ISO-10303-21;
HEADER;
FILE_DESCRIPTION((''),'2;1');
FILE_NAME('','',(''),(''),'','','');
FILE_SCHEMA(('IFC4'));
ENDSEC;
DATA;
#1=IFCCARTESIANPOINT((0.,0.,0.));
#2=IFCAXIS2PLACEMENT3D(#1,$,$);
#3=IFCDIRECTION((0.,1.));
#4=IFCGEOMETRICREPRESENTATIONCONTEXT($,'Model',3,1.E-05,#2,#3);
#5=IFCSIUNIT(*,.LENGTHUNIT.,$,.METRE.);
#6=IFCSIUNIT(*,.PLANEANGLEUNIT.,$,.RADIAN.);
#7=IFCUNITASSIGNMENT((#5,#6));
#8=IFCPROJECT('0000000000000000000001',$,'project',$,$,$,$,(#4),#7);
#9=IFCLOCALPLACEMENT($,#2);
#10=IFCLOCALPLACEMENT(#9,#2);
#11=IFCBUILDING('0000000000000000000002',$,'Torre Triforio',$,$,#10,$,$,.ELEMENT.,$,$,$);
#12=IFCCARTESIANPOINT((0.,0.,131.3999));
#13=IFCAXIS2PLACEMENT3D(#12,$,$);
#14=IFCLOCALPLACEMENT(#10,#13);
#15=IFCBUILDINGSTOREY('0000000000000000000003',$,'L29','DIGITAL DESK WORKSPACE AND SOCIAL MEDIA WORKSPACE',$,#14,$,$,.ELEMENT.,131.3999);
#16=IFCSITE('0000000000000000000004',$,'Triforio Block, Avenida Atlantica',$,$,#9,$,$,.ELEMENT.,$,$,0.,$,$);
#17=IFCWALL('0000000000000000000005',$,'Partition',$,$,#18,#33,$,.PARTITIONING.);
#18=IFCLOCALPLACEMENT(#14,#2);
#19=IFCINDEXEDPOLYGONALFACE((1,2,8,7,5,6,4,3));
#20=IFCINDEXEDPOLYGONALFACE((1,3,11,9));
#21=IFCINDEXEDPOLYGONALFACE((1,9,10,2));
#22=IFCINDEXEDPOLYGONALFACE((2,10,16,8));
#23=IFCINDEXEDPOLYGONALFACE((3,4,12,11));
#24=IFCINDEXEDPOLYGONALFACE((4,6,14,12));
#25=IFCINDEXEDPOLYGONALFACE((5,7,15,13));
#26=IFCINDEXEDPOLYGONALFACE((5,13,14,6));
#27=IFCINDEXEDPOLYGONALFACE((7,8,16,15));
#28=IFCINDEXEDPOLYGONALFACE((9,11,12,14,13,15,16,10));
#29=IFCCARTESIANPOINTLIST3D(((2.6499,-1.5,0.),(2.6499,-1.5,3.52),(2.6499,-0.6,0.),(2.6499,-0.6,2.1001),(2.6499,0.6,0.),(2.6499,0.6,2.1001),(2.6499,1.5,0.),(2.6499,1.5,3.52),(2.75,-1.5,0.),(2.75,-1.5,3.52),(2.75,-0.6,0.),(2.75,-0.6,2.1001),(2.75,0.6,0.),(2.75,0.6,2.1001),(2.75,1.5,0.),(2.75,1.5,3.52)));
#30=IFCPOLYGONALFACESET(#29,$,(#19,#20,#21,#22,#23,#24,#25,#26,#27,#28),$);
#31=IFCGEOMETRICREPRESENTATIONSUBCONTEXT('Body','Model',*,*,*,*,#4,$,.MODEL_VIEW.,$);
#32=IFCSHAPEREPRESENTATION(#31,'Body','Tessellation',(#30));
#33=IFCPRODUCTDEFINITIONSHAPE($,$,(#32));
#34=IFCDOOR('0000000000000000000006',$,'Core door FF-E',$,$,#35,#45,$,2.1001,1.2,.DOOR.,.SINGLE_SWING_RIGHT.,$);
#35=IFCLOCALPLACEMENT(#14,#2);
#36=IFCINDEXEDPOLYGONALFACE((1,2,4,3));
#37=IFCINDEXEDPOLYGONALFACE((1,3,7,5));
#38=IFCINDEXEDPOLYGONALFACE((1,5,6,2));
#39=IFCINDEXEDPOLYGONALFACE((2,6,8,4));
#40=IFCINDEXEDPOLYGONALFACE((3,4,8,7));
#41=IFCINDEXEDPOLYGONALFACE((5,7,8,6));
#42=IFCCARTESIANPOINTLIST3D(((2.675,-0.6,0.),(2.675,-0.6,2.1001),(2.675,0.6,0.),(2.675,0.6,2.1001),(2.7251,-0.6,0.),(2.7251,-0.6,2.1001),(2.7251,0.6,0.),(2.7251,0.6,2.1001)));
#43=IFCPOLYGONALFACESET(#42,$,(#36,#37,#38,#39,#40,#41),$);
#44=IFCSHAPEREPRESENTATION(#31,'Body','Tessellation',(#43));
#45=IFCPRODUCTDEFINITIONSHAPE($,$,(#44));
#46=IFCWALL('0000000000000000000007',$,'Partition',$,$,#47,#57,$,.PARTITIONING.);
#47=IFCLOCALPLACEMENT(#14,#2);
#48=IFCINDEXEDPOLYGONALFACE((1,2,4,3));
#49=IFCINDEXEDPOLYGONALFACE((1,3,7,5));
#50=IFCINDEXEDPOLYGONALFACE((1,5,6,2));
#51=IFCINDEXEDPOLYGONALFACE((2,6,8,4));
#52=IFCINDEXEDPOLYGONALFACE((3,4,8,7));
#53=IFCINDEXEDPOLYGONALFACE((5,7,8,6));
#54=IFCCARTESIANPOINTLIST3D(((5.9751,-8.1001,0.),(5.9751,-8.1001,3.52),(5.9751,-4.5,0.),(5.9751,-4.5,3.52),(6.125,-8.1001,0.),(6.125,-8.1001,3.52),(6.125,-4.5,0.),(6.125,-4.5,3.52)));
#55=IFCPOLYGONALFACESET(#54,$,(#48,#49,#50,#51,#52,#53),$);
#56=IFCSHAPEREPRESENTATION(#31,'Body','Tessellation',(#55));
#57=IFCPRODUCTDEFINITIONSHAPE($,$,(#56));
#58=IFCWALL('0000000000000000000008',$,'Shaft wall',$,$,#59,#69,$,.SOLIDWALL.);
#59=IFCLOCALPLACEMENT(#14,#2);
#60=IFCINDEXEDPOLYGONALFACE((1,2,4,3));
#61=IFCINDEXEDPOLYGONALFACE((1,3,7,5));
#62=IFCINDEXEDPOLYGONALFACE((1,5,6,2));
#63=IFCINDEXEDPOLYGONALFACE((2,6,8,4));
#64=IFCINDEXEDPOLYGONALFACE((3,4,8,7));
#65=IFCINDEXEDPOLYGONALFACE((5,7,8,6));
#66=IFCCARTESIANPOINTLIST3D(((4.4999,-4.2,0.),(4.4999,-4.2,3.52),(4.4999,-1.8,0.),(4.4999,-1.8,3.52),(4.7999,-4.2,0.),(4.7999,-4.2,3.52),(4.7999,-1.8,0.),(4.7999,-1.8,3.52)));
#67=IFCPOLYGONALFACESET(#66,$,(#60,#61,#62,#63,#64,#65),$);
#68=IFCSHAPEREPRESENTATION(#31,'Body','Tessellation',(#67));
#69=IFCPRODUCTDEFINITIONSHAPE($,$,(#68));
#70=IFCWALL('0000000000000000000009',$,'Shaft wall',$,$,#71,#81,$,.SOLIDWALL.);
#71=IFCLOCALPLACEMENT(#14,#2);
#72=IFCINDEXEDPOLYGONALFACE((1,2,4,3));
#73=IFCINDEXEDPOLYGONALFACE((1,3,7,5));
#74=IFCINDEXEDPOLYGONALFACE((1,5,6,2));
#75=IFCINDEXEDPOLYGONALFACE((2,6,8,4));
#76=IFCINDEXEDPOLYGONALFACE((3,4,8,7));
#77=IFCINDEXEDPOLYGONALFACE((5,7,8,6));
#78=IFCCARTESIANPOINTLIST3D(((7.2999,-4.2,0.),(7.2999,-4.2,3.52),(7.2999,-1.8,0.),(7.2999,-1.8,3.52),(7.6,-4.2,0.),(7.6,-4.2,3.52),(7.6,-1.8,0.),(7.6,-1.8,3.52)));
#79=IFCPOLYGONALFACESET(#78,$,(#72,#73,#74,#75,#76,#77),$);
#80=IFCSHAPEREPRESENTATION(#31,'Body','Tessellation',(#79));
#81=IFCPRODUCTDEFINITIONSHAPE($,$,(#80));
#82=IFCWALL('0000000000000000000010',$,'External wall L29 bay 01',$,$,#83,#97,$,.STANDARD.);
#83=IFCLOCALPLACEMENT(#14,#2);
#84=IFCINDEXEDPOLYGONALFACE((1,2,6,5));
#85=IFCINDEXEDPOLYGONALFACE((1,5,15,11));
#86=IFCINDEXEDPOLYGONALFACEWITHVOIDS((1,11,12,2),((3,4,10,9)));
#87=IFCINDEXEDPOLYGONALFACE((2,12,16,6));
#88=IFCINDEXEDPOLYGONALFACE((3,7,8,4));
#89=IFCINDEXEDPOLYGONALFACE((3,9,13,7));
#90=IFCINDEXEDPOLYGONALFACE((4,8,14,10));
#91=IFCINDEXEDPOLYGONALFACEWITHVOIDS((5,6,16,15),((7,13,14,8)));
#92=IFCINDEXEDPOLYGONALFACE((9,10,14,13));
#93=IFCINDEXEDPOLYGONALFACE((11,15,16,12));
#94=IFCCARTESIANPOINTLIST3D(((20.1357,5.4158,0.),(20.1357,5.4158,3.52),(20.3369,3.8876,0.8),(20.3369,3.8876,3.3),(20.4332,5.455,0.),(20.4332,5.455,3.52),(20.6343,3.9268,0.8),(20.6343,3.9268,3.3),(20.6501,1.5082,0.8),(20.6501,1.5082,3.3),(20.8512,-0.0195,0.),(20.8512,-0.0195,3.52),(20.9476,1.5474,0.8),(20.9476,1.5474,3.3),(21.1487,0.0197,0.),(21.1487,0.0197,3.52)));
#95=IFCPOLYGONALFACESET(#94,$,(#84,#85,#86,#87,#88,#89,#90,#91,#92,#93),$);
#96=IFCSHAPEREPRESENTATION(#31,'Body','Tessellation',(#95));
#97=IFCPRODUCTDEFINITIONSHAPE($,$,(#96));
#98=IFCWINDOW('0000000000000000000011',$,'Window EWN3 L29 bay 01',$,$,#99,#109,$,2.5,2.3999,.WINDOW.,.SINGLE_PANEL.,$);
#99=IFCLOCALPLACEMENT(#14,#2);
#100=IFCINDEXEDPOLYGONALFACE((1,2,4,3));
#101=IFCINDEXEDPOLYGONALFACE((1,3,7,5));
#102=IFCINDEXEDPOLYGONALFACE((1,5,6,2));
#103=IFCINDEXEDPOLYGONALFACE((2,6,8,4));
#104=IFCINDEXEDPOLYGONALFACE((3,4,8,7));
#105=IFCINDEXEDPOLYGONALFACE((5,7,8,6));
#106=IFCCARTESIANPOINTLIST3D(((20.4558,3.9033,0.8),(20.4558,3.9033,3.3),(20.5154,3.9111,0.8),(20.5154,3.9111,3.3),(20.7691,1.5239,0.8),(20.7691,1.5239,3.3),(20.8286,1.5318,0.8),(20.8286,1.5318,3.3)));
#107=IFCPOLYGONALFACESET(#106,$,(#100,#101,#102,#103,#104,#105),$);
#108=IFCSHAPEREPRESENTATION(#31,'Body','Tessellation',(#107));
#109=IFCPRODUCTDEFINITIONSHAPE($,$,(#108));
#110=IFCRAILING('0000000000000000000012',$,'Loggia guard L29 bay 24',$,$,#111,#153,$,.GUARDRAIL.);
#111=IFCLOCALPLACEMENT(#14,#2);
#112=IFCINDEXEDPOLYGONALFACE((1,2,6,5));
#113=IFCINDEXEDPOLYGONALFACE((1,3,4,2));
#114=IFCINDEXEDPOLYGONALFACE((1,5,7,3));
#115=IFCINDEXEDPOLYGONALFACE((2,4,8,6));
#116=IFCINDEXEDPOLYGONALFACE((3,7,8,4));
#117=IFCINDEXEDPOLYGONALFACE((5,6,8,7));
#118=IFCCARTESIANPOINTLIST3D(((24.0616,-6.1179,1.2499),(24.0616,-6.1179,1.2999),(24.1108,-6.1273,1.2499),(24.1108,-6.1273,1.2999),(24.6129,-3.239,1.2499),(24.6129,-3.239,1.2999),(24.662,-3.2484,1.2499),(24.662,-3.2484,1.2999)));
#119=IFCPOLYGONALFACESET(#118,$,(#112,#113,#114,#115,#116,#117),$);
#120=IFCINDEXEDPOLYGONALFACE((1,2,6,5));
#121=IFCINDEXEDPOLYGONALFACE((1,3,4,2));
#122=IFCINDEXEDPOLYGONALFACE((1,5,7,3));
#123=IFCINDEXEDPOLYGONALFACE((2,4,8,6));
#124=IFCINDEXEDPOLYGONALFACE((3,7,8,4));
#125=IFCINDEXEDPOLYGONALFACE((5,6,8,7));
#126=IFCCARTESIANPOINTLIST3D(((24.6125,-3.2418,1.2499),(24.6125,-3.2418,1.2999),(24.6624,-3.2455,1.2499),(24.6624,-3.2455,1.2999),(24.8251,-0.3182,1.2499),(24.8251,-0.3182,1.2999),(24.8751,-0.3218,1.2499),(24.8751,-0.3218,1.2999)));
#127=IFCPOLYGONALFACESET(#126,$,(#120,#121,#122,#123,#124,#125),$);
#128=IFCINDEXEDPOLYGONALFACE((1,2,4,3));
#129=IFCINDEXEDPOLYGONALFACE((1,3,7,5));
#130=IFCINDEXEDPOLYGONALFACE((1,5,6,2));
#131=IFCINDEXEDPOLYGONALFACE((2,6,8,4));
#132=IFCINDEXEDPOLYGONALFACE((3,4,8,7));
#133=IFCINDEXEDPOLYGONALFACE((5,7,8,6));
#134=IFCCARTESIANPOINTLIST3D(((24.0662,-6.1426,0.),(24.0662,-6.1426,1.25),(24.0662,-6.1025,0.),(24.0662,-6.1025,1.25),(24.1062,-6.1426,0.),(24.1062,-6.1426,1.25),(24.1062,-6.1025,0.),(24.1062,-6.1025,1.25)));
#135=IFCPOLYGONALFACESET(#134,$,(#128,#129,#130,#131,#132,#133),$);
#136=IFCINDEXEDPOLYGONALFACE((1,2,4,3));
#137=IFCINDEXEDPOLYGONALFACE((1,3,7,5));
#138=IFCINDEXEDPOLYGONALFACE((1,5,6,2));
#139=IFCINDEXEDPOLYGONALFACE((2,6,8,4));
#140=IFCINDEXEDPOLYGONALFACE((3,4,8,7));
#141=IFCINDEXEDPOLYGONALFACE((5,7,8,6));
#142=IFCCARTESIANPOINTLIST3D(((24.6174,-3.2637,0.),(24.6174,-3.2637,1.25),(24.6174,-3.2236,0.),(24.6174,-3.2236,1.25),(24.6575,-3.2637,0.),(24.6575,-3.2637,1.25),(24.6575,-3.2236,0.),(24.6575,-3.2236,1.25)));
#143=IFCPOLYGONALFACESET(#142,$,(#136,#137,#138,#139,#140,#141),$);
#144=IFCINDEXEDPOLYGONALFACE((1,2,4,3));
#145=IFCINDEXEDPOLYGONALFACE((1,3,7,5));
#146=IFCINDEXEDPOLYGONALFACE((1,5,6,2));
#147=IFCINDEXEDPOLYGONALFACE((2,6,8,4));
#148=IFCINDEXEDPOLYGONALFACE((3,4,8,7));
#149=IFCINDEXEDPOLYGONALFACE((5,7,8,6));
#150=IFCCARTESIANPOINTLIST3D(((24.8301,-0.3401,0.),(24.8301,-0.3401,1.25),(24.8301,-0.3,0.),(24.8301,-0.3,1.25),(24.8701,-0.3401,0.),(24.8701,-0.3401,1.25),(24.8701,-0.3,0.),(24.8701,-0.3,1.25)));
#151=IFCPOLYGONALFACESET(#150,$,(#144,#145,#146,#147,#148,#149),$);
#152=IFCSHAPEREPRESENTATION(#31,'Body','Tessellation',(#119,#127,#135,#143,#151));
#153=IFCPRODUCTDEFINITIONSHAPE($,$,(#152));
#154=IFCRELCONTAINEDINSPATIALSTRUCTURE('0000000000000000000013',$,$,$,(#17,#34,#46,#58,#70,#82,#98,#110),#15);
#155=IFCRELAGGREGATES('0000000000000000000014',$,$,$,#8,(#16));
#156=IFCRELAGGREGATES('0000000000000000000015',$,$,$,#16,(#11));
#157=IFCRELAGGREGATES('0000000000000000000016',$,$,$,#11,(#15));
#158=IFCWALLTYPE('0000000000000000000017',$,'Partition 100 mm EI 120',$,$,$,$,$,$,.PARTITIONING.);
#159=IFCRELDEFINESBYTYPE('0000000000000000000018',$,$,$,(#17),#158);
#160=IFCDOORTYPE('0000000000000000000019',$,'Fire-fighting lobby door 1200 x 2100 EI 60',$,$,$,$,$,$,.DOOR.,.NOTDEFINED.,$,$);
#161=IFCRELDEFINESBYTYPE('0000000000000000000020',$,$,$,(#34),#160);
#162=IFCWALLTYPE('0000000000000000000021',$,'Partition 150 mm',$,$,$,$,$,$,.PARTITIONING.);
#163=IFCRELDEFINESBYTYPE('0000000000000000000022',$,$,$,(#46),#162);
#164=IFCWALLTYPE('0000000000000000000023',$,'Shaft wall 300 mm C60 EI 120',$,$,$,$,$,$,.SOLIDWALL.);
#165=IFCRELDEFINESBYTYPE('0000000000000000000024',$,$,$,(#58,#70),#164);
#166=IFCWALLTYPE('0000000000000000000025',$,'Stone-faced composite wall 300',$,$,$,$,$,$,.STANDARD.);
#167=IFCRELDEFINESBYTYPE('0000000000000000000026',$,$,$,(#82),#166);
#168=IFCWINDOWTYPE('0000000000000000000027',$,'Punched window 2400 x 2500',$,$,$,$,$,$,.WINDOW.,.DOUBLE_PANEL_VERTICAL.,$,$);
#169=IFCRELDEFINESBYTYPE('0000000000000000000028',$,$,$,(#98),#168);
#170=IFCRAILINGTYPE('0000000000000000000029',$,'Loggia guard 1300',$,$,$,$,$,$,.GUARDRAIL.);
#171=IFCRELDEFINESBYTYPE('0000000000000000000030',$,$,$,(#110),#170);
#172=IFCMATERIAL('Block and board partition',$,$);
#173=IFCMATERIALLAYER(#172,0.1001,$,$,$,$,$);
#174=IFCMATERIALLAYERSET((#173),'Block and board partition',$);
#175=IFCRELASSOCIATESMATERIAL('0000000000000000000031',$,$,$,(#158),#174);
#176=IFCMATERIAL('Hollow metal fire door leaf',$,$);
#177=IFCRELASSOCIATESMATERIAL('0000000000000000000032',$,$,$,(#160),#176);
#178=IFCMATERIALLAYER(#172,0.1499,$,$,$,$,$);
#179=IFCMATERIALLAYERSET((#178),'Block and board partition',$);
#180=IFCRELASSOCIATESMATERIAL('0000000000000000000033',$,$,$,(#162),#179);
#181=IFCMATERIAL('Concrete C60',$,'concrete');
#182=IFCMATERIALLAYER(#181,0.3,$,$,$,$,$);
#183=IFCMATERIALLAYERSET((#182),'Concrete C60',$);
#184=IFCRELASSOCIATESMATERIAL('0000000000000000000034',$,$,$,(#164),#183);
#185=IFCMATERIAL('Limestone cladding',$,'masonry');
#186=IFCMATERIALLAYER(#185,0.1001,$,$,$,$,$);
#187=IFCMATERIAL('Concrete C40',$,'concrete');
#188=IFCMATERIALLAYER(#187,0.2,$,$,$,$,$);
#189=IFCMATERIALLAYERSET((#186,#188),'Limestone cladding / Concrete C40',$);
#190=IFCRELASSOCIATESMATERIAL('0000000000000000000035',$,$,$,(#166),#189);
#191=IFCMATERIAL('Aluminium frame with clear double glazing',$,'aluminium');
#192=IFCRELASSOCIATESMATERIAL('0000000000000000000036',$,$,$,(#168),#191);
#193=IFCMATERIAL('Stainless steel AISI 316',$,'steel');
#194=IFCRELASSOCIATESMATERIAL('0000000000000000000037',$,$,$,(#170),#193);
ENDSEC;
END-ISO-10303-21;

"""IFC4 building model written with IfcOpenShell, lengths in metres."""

from ifc_helpers import new_model, si_unit, direction, frame, frame_2d, origin, origin_2d, place, context, subcontext, project, spatial, rectangle, extrude, material, layer, layer_set, type_object, element, fill, save


model = new_model("IFC4")

# Units and contexts
model_context = context("Model", 3, precision=1e-05, world=origin(), true_north=direction((0.0, 1.0)))
body_context = subcontext(model_context, "Body", "Model", "MODEL_VIEW")
ifc_project = project(units=[si_unit("LENGTHUNIT", "METRE"), si_unit("PLANEANGLEUNIT", "RADIAN")], contexts=[model_context])

# Site, building, storey
site_placement = place(None, origin())
site = spatial("IfcSite", under=ifc_project, at=site_placement, Name="Triforio Block, Avenida Atlantica", CompositionType="ELEMENT", RefElevation=0.0)
building_placement = place(site_placement, origin())
building = spatial("IfcBuilding", under=site, at=building_placement, Name="Torre Triforio", CompositionType="ELEMENT")
storey_placement = place(building_placement, frame((0.0, 0.0, 131.3999)))
storey = spatial("IfcBuildingStorey", under=building, at=storey_placement, Name="L29", Description="DIGITAL DESK WORKSPACE AND SOCIAL MEDIA WORKSPACE", CompositionType="ELEMENT", Elevation=131.3999)

# Shared definitions
ifc_material_1 = material(Name="Concrete C60", Category="concrete")

# Shared definitions
ifc_material_2 = material(Name="Hollow metal fire door leaf")

# Wall, opening, door
ifc_material_3 = material(Name="Block and board partition")
ifc_layer_1 = layer(ifc_material_3, 0.1001)
ifc_layer_set_1 = layer_set([ifc_layer_1], Name="Block and board partition")
wall_type_1 = type_object("IfcWallType", Name="Partition 100 mm EI 120", PredefinedType="PARTITIONING", material=ifc_layer_set_1)
wall_1_placement = place(storey_placement, frame((2.7, -1.5, 0.0), z_axis=(0.0, 0.0, 1.0), x_axis=(0.0, 1.0, 0.0)))
wall_1 = element("IfcWall", 1, at=wall_1_placement, inside=storey, type_object=wall_type_1, Name="Partition", PredefinedType="PARTITIONING", context=body_context, shape_type="SweptSolid", body=[
    extrude(rectangle(XDim=3.0, YDim=0.1001, at=frame_2d((1.5, 0.0))), origin(), (0.0, 0.0, 1.0), 3.52),
])
opening_1_placement = place(wall_1_placement, frame((0.8999, 0.0, 0.0)))
opening_1 = element("IfcOpeningElement", 2, at=opening_1_placement, cuts=wall_1, PredefinedType="OPENING", context=body_context, shape_type="SweptSolid", body=[
    extrude(rectangle(XDim=1.2, YDim=2.1001, at=frame_2d((0.6001, 1.05))), frame((0.0, 0.0601, 0.0), z_axis=(0.0, -1.0, 0.0), x_axis=(1.0, 0.0, 0.0)), (0.0, 0.0, 1.0), 0.1201),
])
door_type_1 = type_object("IfcDoorType", Name="Fire-fighting lobby door 1200 x 2100 EI 60", OperationType="NOTDEFINED", PredefinedType="DOOR", material=ifc_material_2)
door_1_placement = place(opening_1_placement, origin())
door_1 = element("IfcDoor", 3, at=door_1_placement, inside=storey, type_object=door_type_1, Name="Core door FF-E", OperationType="SINGLE_SWING_RIGHT", OverallHeight=2.1001, OverallWidth=1.2, PredefinedType="DOOR", context=body_context, shape_type="SweptSolid", body=[
    extrude(rectangle(XDim=1.2, YDim=2.1001, at=frame_2d((0.6001, 1.05))), frame((0.0, 0.0249, 0.0), z_axis=(0.0, -1.0, 0.0), x_axis=(1.0, 0.0, 0.0)), (0.0, 0.0, 1.0), 0.05),
])
fill(opening_1, door_1)

# Walls
ifc_layer_2 = layer(ifc_material_3, 0.1499)
ifc_layer_set_2 = layer_set([ifc_layer_2], Name="Block and board partition")
wall_type_2 = type_object("IfcWallType", Name="Partition 150 mm", PredefinedType="PARTITIONING", material=ifc_layer_set_2)
wall_2_placement = place(storey_placement, frame((6.05, -8.1001, 0.0), z_axis=(0.0, 0.0, 1.0), x_axis=(0.0, 1.0, 0.0)))
element("IfcWall", 4, at=wall_2_placement, inside=storey, type_object=wall_type_2, Name="Partition", PredefinedType="PARTITIONING", context=body_context, shape_type="SweptSolid", body=[
    extrude(rectangle(XDim=3.6001, YDim=0.1499, at=frame_2d((1.8, 0.0))), origin(), (0.0, 0.0, 1.0), 3.52),
])
ifc_layer_3 = layer(ifc_material_1, 0.3)
ifc_layer_set_3 = layer_set([ifc_layer_3], Name="Concrete C60")
wall_type_3 = type_object("IfcWallType", Name="Shaft wall 300 mm C60 EI 120", PredefinedType="SOLIDWALL", material=ifc_layer_set_3)
for number, where, z_axis, x_axis, name in (
    (5, (4.6499, -4.2, 0.0), (0.0, 0.0, 1.0), (0.0, 1.0, 0.0), "Shaft wall"),
    (6, (7.45, -4.2, 0.0), (0.0, 0.0, 1.0), (0.0, 1.0, 0.0), "Shaft wall"),
):
    element("IfcWall", number, at=place(storey_placement, frame(where, z_axis=z_axis, x_axis=x_axis)), inside=storey, type_object=wall_type_3, Name=name, PredefinedType="SOLIDWALL", context=body_context, shape_type="SweptSolid", body=[
        extrude(rectangle(XDim=2.3999, YDim=0.3, at=frame_2d((1.2, 0.0))), origin(), (0.0, 0.0, 1.0), 3.52),
    ])

# Wall, opening, window
ifc_material_4 = material(Name="Limestone cladding", Category="masonry")
ifc_layer_4 = layer(ifc_material_4, 0.1001)
ifc_material_5 = material(Name="Concrete C40", Category="concrete")
ifc_layer_5 = layer(ifc_material_5, 0.2)
ifc_layer_set_4 = layer_set([ifc_layer_4, ifc_layer_5], Name="Limestone cladding / Concrete C40")
wall_type_4 = type_object("IfcWallType", Name="Stone-faced composite wall 300", PredefinedType="STANDARD", material=ifc_layer_set_4)
wall_3_placement = place(storey_placement, frame((21.0, 0.0, 0.0), z_axis=(0.0, 0.0, 1.0), x_axis=(-0.130527, 0.991445, 0.0)))
wall_3 = element("IfcWall", 7, at=wall_3_placement, inside=storey, type_object=wall_type_4, Name="External wall L29 bay 01", PredefinedType="STANDARD", context=body_context, shape_type="SweptSolid", body=[
    extrude(rectangle(XDim=5.4822, YDim=0.3, at=frame_2d((2.7412, 0.0))), origin(), (0.0, 0.0, 1.0), 3.52),
])
opening_2_placement = place(wall_3_placement, frame((1.541, 0.0, 0.8)))
opening_2 = element("IfcOpeningElement", 8, at=opening_2_placement, cuts=wall_3, PredefinedType="OPENING", context=body_context, shape_type="SweptSolid", body=[
    extrude(rectangle(XDim=2.3999, YDim=2.5, at=frame_2d((1.2, 1.25))), frame((0.0, 0.1599, 0.0), z_axis=(0.0, -1.0, 0.0), x_axis=(1.0, 0.0, 0.0)), (0.0, 0.0, 1.0), 0.3201),
])
ifc_material_6 = material(Name="Aluminium frame with clear double glazing", Category="aluminium")
window_type_1 = type_object("IfcWindowType", Name="Punched window 2400 x 2500", PartitioningType="DOUBLE_PANEL_VERTICAL", PredefinedType="WINDOW", material=ifc_material_6)
window_1_placement = place(opening_2_placement, origin())
window_1 = element("IfcWindow", 9, at=window_1_placement, inside=storey, type_object=window_type_1, Name="Window EWN3 L29 bay 01", OverallHeight=2.5, OverallWidth=2.3999, PartitioningType="SINGLE_PANEL", PredefinedType="WINDOW", context=body_context, shape_type="SweptSolid", body=[
    extrude(rectangle(XDim=2.3999, YDim=2.5, at=frame_2d((1.2, 1.25))), frame((0.0, 0.03, 0.0), z_axis=(0.0, -1.0, 0.0), x_axis=(1.0, 0.0, 0.0)), (0.0, 0.0, 1.0), 0.0601),
])
fill(opening_2, window_1)

# Railing
ifc_material_7 = material(Name="Stainless steel AISI 316", Category="steel")
railing_type = type_object("IfcRailingType", Name="Loggia guard 1300", PredefinedType="GUARDRAIL", material=ifc_material_7)
railing_placement = place(storey_placement, frame((24.0862, -6.1226, 0.0)))
element("IfcRailing", 10, at=railing_placement, inside=storey, type_object=railing_type, Name="Loggia guard L29 bay 24", PredefinedType="GUARDRAIL", context=body_context, shape_type="SweptSolid", body=[
    extrude(rectangle(XDim=0.05, YDim=0.05, at=origin_2d()), frame((0.0, 0.0, 1.2749), z_axis=(0.188069, 0.982156, 0.0), x_axis=(-0.982156, 0.188069, 0.0)), (0.0, 0.0, 1.0), 2.9312),
    extrude(rectangle(XDim=0.05, YDim=0.05, at=origin_2d()), frame((0.5513, 2.8789, 1.2749), z_axis=(0.072543, 0.997365, 0.0), x_axis=(-0.997365, 0.072543, 0.0)), (0.0, 0.0, 1.0), 2.9314),
    extrude(rectangle(XDim=0.04, YDim=0.04, at=origin_2d()), origin(), (0.0, 0.0, 1.0), 1.25),
    extrude(rectangle(XDim=0.04, YDim=0.04, at=origin_2d()), frame((0.5513, 2.8789, 0.0)), (0.0, 0.0, 1.0), 1.25),
    extrude(rectangle(XDim=0.04, YDim=0.04, at=origin_2d()), frame((0.7639, 5.8025, 0.0)), (0.0, 0.0, 1.0), 1.25),
])

save(model, "model.ifc")
